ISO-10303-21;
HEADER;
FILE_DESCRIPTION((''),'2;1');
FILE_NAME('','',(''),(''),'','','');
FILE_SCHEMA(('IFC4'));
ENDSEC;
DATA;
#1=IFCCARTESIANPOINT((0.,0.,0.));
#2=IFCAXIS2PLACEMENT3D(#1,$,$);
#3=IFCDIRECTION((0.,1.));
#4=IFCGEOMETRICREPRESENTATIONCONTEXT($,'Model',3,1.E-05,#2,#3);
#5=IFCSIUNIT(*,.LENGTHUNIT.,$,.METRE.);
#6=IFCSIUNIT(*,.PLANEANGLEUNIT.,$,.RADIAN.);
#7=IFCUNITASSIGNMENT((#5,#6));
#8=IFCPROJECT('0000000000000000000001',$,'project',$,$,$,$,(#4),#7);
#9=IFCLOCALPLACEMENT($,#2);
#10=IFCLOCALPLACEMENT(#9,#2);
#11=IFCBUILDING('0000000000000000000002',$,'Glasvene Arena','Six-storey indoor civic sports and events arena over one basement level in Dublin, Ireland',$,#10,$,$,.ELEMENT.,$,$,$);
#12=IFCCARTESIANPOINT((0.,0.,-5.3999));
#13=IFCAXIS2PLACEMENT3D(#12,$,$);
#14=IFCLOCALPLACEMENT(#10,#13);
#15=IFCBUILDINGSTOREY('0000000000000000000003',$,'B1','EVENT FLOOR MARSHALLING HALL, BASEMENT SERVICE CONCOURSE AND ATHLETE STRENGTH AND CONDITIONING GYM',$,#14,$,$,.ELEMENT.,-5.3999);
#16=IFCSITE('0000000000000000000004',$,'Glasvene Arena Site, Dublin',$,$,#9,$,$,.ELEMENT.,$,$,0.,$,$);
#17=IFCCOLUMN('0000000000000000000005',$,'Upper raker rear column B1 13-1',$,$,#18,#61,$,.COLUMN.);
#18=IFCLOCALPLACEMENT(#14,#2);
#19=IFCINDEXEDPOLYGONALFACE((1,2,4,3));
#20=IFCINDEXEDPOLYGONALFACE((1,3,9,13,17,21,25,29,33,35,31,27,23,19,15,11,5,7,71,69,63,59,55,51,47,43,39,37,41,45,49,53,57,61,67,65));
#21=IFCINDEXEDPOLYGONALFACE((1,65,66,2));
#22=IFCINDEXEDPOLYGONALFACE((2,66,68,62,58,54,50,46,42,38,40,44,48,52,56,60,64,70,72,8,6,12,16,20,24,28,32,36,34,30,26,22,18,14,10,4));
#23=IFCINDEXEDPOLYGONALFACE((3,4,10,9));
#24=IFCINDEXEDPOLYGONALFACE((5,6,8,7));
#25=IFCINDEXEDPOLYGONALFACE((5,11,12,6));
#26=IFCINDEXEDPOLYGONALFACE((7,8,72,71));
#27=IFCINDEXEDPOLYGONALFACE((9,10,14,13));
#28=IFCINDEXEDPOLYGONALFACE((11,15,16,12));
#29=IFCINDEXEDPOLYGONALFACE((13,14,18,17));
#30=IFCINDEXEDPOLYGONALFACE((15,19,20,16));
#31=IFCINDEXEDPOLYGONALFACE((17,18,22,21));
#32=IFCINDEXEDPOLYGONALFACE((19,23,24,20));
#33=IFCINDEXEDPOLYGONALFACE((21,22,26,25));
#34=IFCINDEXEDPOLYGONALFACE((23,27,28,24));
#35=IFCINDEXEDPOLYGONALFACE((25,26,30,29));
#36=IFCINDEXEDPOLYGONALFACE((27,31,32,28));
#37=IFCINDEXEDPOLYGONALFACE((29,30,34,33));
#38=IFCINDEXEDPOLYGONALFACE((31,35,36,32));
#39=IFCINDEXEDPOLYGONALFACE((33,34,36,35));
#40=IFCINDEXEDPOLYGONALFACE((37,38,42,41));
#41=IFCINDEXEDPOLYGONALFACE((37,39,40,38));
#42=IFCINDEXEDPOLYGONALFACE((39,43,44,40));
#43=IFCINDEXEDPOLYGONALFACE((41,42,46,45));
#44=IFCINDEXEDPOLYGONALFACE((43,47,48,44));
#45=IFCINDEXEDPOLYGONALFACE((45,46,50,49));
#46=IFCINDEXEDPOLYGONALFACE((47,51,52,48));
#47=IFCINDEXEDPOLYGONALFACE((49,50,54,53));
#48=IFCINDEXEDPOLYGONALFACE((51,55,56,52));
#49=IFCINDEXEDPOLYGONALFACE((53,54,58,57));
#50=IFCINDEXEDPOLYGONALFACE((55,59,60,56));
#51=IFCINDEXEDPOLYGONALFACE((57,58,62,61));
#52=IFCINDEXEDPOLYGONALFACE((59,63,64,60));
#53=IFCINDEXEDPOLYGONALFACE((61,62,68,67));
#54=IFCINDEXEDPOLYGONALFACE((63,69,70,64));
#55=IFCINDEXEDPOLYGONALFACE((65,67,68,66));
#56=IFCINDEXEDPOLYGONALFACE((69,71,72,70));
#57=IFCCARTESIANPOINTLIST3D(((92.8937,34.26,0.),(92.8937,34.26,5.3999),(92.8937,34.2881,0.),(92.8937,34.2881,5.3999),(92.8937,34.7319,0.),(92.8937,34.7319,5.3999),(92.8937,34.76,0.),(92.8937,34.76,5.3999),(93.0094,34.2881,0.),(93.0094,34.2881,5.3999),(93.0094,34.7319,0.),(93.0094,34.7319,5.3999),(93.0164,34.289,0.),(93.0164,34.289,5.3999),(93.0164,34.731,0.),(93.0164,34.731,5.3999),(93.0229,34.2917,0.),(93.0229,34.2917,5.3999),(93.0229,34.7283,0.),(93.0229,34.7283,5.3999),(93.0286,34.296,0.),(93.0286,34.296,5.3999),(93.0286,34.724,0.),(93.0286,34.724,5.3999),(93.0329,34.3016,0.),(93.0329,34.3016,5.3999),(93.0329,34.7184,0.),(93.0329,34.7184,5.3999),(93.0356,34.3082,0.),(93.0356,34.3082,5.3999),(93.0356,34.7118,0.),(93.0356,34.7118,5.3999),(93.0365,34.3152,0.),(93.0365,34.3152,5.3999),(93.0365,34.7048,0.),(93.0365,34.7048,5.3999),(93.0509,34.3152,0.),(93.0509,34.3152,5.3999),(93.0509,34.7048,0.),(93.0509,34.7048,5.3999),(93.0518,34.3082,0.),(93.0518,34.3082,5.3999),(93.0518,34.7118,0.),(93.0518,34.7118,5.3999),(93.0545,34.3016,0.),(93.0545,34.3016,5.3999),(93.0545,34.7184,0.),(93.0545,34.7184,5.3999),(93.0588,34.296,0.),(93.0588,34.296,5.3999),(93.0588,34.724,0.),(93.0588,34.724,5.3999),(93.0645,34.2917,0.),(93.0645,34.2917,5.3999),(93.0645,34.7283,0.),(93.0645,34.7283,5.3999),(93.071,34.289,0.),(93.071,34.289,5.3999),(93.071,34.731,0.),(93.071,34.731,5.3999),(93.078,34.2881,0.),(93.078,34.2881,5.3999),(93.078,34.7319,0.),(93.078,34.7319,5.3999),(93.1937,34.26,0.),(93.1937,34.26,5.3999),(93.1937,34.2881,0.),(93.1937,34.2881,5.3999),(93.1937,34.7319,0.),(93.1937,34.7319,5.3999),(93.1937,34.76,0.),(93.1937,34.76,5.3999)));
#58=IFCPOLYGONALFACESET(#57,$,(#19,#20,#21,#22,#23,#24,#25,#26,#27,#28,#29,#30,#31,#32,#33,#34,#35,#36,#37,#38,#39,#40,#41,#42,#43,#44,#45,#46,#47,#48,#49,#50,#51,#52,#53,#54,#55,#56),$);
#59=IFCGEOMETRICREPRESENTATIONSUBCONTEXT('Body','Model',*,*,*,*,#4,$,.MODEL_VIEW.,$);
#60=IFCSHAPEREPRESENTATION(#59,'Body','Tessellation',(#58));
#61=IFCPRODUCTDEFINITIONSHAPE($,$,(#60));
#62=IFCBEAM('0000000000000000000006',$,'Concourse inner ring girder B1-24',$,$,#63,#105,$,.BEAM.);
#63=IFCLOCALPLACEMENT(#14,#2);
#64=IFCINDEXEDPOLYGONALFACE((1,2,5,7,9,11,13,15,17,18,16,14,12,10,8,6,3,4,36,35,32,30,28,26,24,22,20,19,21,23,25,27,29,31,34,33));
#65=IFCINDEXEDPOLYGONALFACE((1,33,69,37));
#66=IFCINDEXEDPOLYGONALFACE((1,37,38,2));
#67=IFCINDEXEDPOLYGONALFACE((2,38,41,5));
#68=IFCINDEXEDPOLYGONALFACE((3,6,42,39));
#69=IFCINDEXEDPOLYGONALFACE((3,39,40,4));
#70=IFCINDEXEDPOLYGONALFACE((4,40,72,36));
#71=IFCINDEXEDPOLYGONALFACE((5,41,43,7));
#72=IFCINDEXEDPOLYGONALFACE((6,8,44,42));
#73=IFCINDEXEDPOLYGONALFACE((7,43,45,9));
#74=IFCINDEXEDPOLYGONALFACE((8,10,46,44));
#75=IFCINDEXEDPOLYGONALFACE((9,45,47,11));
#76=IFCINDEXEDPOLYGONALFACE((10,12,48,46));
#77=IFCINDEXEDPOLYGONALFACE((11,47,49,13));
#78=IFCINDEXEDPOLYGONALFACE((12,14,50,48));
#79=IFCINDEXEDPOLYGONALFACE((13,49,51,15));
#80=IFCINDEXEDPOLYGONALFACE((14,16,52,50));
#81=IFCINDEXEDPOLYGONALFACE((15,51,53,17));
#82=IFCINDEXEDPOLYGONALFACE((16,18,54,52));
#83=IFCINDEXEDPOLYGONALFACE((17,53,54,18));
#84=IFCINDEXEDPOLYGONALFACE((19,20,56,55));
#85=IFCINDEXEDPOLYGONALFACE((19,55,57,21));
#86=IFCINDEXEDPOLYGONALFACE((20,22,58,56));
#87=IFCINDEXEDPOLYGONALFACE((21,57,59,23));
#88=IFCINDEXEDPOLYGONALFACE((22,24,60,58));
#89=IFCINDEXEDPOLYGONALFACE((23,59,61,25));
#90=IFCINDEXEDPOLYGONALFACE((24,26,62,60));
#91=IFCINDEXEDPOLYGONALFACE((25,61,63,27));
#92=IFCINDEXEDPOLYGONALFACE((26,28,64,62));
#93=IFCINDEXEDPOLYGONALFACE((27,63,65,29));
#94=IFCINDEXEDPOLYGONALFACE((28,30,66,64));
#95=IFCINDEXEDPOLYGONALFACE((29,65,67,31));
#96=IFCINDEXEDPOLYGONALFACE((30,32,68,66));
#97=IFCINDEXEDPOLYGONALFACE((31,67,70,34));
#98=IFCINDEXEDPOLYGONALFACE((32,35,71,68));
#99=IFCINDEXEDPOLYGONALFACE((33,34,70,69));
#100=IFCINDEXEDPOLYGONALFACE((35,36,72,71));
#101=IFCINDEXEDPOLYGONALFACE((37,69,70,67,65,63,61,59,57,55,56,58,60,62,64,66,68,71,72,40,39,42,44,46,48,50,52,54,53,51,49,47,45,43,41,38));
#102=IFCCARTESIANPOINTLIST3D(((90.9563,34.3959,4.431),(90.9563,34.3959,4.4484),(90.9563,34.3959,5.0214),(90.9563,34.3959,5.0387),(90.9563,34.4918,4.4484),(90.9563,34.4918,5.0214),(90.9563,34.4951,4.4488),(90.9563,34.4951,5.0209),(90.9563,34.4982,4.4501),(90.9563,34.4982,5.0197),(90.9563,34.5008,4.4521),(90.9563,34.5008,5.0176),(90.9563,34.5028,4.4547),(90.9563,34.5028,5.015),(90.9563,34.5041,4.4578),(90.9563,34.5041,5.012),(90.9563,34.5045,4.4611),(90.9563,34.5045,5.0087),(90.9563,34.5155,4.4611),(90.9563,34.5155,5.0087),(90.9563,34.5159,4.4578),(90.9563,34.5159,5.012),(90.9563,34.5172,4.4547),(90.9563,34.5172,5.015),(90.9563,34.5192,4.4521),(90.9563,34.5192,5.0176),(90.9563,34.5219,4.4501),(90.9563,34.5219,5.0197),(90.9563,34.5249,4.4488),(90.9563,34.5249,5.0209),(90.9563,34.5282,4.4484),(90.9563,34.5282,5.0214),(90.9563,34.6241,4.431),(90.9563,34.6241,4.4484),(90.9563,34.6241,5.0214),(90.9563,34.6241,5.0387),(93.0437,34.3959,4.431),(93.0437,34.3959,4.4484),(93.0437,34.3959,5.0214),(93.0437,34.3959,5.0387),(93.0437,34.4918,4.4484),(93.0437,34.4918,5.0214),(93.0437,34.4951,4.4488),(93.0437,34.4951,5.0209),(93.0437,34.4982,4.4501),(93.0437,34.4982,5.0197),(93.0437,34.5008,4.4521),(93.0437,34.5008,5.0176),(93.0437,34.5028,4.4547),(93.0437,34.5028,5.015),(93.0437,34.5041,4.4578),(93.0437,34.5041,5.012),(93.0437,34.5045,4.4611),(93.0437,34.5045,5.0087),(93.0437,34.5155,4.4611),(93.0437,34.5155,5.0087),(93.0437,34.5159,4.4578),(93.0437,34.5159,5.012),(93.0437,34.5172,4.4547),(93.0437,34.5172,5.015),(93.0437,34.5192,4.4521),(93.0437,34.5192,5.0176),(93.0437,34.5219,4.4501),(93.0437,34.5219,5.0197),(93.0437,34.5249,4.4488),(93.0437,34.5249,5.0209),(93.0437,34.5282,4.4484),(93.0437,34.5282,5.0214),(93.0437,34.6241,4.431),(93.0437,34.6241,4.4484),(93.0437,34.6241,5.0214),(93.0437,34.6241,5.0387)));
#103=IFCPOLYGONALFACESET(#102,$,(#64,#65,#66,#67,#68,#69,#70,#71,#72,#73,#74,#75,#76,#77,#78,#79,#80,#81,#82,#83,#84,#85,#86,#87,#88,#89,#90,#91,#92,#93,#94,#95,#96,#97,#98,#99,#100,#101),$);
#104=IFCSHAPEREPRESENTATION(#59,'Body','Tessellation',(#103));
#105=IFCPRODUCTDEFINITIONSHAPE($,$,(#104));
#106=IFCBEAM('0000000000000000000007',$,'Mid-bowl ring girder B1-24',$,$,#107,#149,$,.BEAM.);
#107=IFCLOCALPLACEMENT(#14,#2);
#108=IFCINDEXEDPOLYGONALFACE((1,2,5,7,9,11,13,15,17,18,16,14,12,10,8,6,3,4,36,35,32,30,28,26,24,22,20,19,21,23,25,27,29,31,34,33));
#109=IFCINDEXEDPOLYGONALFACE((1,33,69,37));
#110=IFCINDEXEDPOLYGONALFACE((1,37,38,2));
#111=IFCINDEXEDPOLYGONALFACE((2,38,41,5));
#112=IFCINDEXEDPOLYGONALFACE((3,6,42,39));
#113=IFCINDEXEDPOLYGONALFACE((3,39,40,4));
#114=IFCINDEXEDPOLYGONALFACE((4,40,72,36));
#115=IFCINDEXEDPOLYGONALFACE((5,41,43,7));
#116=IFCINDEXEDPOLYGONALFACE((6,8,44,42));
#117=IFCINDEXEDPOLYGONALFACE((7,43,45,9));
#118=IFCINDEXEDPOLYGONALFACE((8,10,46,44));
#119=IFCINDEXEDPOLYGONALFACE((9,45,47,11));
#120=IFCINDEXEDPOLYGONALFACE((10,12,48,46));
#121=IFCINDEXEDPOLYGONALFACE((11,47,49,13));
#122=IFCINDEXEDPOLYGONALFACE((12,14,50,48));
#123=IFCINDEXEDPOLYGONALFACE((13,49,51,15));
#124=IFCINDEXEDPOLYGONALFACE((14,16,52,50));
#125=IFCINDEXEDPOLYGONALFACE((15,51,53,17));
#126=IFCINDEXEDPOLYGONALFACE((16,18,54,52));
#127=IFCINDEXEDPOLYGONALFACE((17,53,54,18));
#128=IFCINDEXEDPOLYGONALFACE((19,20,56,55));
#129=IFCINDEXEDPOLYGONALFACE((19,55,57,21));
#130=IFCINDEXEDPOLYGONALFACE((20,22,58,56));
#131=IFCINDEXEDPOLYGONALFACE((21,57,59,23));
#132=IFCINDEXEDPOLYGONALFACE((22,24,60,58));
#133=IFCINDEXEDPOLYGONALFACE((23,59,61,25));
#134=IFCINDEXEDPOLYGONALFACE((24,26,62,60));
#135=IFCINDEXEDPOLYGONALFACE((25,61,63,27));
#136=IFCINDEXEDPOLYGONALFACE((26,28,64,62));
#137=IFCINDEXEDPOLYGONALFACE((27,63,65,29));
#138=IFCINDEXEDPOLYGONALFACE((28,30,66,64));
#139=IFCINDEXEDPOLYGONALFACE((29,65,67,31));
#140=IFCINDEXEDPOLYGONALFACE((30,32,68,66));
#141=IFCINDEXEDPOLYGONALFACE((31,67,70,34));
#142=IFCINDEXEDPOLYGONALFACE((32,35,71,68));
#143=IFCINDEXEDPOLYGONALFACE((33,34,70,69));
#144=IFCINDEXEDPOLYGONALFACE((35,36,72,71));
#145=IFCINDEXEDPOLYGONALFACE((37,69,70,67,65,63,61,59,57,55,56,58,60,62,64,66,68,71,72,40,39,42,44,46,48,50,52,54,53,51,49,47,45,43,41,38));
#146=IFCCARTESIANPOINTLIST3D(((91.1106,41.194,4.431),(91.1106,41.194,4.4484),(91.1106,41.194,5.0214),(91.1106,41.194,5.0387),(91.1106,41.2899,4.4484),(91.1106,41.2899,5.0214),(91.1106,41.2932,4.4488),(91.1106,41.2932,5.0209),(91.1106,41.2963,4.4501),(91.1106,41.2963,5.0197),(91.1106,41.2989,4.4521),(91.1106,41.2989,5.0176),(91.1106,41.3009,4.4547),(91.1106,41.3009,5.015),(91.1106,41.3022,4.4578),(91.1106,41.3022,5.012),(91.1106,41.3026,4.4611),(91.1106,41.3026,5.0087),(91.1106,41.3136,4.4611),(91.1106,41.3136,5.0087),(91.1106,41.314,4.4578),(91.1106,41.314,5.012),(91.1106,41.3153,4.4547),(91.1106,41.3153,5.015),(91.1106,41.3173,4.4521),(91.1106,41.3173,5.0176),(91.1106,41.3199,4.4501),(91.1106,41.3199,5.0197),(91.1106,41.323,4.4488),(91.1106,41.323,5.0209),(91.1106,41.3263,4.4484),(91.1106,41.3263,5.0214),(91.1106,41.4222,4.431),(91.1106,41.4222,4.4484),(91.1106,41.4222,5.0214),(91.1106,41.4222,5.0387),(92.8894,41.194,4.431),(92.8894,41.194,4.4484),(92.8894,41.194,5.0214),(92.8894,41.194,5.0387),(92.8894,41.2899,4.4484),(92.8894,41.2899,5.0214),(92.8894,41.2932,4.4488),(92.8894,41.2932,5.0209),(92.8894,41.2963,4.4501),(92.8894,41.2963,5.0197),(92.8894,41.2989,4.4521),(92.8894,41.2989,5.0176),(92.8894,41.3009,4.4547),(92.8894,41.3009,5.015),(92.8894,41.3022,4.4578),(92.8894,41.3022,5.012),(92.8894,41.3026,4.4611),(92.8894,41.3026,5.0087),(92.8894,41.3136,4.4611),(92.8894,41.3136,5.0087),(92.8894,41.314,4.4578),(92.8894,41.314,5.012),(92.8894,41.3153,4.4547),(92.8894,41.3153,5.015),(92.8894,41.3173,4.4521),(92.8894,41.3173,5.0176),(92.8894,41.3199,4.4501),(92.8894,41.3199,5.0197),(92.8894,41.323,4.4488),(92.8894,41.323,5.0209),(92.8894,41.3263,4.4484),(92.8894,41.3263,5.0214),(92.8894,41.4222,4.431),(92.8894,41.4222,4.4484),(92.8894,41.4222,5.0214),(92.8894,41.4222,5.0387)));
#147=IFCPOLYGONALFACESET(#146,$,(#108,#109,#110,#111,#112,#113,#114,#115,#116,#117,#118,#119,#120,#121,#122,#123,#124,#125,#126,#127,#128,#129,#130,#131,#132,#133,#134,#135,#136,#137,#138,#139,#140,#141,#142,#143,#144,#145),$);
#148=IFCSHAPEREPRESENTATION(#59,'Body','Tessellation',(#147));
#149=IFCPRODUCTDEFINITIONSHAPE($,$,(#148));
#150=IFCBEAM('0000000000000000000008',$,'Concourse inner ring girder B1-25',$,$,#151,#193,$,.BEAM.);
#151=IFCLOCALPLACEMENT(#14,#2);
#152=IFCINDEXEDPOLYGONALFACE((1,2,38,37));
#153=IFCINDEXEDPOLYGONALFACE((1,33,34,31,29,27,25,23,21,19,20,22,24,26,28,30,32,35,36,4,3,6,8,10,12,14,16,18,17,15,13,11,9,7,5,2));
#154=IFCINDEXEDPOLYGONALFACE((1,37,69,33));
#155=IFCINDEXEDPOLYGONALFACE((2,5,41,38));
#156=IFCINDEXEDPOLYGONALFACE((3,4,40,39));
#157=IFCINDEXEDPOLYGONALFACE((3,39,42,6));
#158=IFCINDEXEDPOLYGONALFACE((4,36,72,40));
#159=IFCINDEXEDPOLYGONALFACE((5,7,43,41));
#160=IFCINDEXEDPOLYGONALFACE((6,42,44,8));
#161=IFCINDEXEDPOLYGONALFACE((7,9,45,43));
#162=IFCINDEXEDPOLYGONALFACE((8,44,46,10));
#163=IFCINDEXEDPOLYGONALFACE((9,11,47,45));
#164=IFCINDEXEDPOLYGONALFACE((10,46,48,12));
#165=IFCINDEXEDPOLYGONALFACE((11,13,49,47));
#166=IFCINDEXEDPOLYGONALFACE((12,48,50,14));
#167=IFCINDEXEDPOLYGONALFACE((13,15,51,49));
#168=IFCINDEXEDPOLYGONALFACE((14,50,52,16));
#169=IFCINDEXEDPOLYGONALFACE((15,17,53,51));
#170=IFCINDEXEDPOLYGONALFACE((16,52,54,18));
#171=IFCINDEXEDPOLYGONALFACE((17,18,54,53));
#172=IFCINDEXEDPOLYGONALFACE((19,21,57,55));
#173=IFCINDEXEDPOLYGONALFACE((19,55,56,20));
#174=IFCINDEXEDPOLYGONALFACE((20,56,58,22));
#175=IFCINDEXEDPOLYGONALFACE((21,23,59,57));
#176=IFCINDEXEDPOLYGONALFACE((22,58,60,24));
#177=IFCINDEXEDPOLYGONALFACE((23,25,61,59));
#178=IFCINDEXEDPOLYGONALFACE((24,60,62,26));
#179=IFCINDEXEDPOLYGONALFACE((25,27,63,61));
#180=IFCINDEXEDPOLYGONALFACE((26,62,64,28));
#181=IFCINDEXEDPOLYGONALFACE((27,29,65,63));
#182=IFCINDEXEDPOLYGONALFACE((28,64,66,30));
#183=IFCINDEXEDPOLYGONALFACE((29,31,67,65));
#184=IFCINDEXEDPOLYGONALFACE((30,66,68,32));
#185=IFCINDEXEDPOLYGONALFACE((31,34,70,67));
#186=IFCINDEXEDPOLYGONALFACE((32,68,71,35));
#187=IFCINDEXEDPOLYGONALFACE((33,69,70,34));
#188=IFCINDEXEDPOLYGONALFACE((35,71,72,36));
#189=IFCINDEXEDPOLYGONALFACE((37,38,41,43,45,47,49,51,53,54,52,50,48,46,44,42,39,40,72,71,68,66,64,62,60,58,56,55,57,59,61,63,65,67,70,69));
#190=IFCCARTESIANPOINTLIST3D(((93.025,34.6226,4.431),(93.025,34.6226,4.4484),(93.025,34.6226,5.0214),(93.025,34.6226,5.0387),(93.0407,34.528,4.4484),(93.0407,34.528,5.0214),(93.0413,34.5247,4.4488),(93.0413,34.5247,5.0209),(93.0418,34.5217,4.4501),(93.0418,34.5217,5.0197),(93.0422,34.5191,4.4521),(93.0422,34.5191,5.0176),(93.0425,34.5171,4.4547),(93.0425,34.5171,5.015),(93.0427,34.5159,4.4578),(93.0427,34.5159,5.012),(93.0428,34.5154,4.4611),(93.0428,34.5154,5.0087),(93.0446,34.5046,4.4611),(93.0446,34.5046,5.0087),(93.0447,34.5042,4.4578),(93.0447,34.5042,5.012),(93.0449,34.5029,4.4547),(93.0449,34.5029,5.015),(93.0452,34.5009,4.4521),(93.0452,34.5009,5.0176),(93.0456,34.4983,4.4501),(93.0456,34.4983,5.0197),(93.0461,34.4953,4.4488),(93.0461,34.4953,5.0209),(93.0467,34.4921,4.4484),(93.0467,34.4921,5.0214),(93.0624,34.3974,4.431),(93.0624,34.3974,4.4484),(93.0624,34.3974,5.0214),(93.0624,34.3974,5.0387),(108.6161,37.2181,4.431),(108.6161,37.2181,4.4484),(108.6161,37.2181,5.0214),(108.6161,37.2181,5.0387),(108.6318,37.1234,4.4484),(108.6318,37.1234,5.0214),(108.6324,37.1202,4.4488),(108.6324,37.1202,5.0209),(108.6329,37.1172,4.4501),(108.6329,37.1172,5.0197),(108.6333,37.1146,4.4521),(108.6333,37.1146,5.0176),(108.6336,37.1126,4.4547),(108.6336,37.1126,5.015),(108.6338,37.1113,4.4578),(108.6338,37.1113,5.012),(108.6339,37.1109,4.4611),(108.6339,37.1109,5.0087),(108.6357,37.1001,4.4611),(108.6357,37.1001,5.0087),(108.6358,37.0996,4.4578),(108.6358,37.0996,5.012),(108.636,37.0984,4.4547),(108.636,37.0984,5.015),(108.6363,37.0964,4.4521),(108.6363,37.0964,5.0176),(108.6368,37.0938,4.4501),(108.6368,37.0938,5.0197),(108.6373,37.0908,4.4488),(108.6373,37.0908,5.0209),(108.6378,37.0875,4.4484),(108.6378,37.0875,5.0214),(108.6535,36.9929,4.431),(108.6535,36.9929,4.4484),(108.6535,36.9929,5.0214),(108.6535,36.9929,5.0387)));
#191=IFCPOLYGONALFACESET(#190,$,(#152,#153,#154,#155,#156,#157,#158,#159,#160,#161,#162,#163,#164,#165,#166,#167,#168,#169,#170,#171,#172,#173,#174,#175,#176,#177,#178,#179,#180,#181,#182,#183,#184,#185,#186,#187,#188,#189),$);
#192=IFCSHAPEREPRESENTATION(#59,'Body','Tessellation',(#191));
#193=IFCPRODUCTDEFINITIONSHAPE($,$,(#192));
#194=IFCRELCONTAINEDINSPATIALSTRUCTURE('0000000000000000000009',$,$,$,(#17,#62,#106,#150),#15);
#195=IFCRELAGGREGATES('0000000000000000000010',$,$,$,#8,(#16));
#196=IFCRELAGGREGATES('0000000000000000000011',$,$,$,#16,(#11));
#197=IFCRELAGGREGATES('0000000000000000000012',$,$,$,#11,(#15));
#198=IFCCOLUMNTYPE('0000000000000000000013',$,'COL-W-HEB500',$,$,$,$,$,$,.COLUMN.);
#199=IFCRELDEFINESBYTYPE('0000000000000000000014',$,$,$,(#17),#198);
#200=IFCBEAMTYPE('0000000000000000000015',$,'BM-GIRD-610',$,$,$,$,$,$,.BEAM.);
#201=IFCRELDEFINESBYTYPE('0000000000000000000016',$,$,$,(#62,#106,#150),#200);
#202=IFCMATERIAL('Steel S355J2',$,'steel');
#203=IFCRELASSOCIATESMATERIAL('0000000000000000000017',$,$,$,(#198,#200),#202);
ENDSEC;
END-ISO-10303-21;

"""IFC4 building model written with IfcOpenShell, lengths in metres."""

from ifc_helpers import new_model, si_unit, direction, frame, origin, origin_2d, place, context, subcontext, project, spatial, i_section, extrude, material, material_profile, profile_set, type_object, element, save


model = new_model("IFC4")

# Units and contexts
model_context = context("Model", 3, precision=1e-05, world=origin(), true_north=direction((0.0, 1.0)))
body_context = subcontext(model_context, "Body", "Model", "MODEL_VIEW")
ifc_project = project(units=[si_unit("LENGTHUNIT", "METRE"), si_unit("PLANEANGLEUNIT", "RADIAN")], contexts=[model_context])

# Site, building, storey
site_placement = place(None, origin())
site = spatial("IfcSite", under=ifc_project, at=site_placement, Name="Glasvene Arena Site, Dublin", CompositionType="ELEMENT", RefElevation=0.0)
building_placement = place(site_placement, origin())
building = spatial("IfcBuilding", under=site, at=building_placement, Name="Glasvene Arena", Description="Six-storey indoor civic sports and events arena over one basement level in Dublin, Ireland", CompositionType="ELEMENT")
storey_placement = place(building_placement, frame((0.0, 0.0, -5.3999)))
storey = spatial("IfcBuildingStorey", under=building, at=storey_placement, Name="B1", Description="EVENT FLOOR MARSHALLING HALL, BASEMENT SERVICE CONCOURSE AND ATHLETE STRENGTH AND CONDITIONING GYM", CompositionType="ELEMENT", Elevation=-5.3999)

# Column
ifc_material_1 = material(Name="Steel S355J2", Category="steel")
ifc_material_profile_1 = material_profile(ifc_material_1, i_section(OverallWidth=0.3, OverallDepth=0.5, WebThickness=0.0144, FlangeThickness=0.0281, FilletRadius=0.0271, at=origin_2d()), Name="HEB 500")
ifc_profile_set_1 = profile_set([ifc_material_profile_1], Name="Steel S355J2")
column_type_1 = type_object("IfcColumnType", Name="COL-W-HEB500", PredefinedType="COLUMN", material=ifc_profile_set_1)
for number, where, z_axis, x_axis, name in (
    (1, (93.0437, 34.51, 0.0), (0.0, 0.0, 1.0), (1.0, 0.0, 0.0), "Upper raker rear column B1 13-1"),
):
    element("IfcColumn", number, at=place(storey_placement, frame(where, z_axis=z_axis, x_axis=x_axis)), inside=storey, type_object=column_type_1, Name=name, PredefinedType="COLUMN", context=body_context, shape_type="SweptSolid", body=[
        extrude(i_section(OverallWidth=0.3, OverallDepth=0.5, WebThickness=0.0144, FlangeThickness=0.0281, FilletRadius=0.0271, at=origin_2d()), origin(), (0.0, 0.0, 1.0), 5.3999),
    ])

# Beams
ifc_material_profile_2 = material_profile(ifc_material_1, i_section(OverallWidth=0.2283, OverallDepth=0.6077, WebThickness=0.011, FlangeThickness=0.0173, FilletRadius=0.0127, at=origin_2d()), Name="UKB 610x229x113")
ifc_profile_set_2 = profile_set([ifc_material_profile_2], Name="Steel S355J2")
beam_type_1 = type_object("IfcBeamType", Name="BM-GIRD-610", PredefinedType="BEAM", material=ifc_profile_set_2)
beam_1_placement = place(storey_placement, frame((90.9563, 34.51, 4.7349), z_axis=(1.0, 0.0, 0.0), x_axis=(0.0, 1.0, 0.0)))
element("IfcBeam", 2, at=beam_1_placement, inside=storey, type_object=beam_type_1, Name="Concourse inner ring girder B1-24", PredefinedType="BEAM", context=body_context, shape_type="SweptSolid", body=[
    extrude(i_section(OverallWidth=0.2283, OverallDepth=0.6077, WebThickness=0.011, FlangeThickness=0.0173, FilletRadius=0.0127, at=origin_2d()), origin(), (0.0, 0.0, 1.0), 2.0874),
])
beam_2_placement = place(storey_placement, frame((91.1106, 41.3081, 4.7349), z_axis=(1.0, 0.0, 0.0), x_axis=(0.0, 1.0, 0.0)))
element("IfcBeam", 3, at=beam_2_placement, inside=storey, type_object=beam_type_1, Name="Mid-bowl ring girder B1-24", PredefinedType="BEAM", context=body_context, shape_type="SweptSolid", body=[
    extrude(i_section(OverallWidth=0.2283, OverallDepth=0.6077, WebThickness=0.011, FlangeThickness=0.0173, FilletRadius=0.0127, at=origin_2d()), origin(), (0.0, 0.0, 1.0), 1.7788),
])
beam_3_placement = place(storey_placement, frame((93.0437, 34.51, 4.7349), z_axis=(0.986425, 0.164211, 0.0), x_axis=(-0.164211, 0.986425, 0.0)))
element("IfcBeam", 4, at=beam_3_placement, inside=storey, type_object=beam_type_1, Name="Concourse inner ring girder B1-25", PredefinedType="BEAM", context=body_context, shape_type="SweptSolid", body=[
    extrude(i_section(OverallWidth=0.2283, OverallDepth=0.6077, WebThickness=0.011, FlangeThickness=0.0173, FilletRadius=0.0127, at=origin_2d()), origin(), (0.0, 0.0, 1.0), 15.8057),
])

save(model, "model.ifc")
